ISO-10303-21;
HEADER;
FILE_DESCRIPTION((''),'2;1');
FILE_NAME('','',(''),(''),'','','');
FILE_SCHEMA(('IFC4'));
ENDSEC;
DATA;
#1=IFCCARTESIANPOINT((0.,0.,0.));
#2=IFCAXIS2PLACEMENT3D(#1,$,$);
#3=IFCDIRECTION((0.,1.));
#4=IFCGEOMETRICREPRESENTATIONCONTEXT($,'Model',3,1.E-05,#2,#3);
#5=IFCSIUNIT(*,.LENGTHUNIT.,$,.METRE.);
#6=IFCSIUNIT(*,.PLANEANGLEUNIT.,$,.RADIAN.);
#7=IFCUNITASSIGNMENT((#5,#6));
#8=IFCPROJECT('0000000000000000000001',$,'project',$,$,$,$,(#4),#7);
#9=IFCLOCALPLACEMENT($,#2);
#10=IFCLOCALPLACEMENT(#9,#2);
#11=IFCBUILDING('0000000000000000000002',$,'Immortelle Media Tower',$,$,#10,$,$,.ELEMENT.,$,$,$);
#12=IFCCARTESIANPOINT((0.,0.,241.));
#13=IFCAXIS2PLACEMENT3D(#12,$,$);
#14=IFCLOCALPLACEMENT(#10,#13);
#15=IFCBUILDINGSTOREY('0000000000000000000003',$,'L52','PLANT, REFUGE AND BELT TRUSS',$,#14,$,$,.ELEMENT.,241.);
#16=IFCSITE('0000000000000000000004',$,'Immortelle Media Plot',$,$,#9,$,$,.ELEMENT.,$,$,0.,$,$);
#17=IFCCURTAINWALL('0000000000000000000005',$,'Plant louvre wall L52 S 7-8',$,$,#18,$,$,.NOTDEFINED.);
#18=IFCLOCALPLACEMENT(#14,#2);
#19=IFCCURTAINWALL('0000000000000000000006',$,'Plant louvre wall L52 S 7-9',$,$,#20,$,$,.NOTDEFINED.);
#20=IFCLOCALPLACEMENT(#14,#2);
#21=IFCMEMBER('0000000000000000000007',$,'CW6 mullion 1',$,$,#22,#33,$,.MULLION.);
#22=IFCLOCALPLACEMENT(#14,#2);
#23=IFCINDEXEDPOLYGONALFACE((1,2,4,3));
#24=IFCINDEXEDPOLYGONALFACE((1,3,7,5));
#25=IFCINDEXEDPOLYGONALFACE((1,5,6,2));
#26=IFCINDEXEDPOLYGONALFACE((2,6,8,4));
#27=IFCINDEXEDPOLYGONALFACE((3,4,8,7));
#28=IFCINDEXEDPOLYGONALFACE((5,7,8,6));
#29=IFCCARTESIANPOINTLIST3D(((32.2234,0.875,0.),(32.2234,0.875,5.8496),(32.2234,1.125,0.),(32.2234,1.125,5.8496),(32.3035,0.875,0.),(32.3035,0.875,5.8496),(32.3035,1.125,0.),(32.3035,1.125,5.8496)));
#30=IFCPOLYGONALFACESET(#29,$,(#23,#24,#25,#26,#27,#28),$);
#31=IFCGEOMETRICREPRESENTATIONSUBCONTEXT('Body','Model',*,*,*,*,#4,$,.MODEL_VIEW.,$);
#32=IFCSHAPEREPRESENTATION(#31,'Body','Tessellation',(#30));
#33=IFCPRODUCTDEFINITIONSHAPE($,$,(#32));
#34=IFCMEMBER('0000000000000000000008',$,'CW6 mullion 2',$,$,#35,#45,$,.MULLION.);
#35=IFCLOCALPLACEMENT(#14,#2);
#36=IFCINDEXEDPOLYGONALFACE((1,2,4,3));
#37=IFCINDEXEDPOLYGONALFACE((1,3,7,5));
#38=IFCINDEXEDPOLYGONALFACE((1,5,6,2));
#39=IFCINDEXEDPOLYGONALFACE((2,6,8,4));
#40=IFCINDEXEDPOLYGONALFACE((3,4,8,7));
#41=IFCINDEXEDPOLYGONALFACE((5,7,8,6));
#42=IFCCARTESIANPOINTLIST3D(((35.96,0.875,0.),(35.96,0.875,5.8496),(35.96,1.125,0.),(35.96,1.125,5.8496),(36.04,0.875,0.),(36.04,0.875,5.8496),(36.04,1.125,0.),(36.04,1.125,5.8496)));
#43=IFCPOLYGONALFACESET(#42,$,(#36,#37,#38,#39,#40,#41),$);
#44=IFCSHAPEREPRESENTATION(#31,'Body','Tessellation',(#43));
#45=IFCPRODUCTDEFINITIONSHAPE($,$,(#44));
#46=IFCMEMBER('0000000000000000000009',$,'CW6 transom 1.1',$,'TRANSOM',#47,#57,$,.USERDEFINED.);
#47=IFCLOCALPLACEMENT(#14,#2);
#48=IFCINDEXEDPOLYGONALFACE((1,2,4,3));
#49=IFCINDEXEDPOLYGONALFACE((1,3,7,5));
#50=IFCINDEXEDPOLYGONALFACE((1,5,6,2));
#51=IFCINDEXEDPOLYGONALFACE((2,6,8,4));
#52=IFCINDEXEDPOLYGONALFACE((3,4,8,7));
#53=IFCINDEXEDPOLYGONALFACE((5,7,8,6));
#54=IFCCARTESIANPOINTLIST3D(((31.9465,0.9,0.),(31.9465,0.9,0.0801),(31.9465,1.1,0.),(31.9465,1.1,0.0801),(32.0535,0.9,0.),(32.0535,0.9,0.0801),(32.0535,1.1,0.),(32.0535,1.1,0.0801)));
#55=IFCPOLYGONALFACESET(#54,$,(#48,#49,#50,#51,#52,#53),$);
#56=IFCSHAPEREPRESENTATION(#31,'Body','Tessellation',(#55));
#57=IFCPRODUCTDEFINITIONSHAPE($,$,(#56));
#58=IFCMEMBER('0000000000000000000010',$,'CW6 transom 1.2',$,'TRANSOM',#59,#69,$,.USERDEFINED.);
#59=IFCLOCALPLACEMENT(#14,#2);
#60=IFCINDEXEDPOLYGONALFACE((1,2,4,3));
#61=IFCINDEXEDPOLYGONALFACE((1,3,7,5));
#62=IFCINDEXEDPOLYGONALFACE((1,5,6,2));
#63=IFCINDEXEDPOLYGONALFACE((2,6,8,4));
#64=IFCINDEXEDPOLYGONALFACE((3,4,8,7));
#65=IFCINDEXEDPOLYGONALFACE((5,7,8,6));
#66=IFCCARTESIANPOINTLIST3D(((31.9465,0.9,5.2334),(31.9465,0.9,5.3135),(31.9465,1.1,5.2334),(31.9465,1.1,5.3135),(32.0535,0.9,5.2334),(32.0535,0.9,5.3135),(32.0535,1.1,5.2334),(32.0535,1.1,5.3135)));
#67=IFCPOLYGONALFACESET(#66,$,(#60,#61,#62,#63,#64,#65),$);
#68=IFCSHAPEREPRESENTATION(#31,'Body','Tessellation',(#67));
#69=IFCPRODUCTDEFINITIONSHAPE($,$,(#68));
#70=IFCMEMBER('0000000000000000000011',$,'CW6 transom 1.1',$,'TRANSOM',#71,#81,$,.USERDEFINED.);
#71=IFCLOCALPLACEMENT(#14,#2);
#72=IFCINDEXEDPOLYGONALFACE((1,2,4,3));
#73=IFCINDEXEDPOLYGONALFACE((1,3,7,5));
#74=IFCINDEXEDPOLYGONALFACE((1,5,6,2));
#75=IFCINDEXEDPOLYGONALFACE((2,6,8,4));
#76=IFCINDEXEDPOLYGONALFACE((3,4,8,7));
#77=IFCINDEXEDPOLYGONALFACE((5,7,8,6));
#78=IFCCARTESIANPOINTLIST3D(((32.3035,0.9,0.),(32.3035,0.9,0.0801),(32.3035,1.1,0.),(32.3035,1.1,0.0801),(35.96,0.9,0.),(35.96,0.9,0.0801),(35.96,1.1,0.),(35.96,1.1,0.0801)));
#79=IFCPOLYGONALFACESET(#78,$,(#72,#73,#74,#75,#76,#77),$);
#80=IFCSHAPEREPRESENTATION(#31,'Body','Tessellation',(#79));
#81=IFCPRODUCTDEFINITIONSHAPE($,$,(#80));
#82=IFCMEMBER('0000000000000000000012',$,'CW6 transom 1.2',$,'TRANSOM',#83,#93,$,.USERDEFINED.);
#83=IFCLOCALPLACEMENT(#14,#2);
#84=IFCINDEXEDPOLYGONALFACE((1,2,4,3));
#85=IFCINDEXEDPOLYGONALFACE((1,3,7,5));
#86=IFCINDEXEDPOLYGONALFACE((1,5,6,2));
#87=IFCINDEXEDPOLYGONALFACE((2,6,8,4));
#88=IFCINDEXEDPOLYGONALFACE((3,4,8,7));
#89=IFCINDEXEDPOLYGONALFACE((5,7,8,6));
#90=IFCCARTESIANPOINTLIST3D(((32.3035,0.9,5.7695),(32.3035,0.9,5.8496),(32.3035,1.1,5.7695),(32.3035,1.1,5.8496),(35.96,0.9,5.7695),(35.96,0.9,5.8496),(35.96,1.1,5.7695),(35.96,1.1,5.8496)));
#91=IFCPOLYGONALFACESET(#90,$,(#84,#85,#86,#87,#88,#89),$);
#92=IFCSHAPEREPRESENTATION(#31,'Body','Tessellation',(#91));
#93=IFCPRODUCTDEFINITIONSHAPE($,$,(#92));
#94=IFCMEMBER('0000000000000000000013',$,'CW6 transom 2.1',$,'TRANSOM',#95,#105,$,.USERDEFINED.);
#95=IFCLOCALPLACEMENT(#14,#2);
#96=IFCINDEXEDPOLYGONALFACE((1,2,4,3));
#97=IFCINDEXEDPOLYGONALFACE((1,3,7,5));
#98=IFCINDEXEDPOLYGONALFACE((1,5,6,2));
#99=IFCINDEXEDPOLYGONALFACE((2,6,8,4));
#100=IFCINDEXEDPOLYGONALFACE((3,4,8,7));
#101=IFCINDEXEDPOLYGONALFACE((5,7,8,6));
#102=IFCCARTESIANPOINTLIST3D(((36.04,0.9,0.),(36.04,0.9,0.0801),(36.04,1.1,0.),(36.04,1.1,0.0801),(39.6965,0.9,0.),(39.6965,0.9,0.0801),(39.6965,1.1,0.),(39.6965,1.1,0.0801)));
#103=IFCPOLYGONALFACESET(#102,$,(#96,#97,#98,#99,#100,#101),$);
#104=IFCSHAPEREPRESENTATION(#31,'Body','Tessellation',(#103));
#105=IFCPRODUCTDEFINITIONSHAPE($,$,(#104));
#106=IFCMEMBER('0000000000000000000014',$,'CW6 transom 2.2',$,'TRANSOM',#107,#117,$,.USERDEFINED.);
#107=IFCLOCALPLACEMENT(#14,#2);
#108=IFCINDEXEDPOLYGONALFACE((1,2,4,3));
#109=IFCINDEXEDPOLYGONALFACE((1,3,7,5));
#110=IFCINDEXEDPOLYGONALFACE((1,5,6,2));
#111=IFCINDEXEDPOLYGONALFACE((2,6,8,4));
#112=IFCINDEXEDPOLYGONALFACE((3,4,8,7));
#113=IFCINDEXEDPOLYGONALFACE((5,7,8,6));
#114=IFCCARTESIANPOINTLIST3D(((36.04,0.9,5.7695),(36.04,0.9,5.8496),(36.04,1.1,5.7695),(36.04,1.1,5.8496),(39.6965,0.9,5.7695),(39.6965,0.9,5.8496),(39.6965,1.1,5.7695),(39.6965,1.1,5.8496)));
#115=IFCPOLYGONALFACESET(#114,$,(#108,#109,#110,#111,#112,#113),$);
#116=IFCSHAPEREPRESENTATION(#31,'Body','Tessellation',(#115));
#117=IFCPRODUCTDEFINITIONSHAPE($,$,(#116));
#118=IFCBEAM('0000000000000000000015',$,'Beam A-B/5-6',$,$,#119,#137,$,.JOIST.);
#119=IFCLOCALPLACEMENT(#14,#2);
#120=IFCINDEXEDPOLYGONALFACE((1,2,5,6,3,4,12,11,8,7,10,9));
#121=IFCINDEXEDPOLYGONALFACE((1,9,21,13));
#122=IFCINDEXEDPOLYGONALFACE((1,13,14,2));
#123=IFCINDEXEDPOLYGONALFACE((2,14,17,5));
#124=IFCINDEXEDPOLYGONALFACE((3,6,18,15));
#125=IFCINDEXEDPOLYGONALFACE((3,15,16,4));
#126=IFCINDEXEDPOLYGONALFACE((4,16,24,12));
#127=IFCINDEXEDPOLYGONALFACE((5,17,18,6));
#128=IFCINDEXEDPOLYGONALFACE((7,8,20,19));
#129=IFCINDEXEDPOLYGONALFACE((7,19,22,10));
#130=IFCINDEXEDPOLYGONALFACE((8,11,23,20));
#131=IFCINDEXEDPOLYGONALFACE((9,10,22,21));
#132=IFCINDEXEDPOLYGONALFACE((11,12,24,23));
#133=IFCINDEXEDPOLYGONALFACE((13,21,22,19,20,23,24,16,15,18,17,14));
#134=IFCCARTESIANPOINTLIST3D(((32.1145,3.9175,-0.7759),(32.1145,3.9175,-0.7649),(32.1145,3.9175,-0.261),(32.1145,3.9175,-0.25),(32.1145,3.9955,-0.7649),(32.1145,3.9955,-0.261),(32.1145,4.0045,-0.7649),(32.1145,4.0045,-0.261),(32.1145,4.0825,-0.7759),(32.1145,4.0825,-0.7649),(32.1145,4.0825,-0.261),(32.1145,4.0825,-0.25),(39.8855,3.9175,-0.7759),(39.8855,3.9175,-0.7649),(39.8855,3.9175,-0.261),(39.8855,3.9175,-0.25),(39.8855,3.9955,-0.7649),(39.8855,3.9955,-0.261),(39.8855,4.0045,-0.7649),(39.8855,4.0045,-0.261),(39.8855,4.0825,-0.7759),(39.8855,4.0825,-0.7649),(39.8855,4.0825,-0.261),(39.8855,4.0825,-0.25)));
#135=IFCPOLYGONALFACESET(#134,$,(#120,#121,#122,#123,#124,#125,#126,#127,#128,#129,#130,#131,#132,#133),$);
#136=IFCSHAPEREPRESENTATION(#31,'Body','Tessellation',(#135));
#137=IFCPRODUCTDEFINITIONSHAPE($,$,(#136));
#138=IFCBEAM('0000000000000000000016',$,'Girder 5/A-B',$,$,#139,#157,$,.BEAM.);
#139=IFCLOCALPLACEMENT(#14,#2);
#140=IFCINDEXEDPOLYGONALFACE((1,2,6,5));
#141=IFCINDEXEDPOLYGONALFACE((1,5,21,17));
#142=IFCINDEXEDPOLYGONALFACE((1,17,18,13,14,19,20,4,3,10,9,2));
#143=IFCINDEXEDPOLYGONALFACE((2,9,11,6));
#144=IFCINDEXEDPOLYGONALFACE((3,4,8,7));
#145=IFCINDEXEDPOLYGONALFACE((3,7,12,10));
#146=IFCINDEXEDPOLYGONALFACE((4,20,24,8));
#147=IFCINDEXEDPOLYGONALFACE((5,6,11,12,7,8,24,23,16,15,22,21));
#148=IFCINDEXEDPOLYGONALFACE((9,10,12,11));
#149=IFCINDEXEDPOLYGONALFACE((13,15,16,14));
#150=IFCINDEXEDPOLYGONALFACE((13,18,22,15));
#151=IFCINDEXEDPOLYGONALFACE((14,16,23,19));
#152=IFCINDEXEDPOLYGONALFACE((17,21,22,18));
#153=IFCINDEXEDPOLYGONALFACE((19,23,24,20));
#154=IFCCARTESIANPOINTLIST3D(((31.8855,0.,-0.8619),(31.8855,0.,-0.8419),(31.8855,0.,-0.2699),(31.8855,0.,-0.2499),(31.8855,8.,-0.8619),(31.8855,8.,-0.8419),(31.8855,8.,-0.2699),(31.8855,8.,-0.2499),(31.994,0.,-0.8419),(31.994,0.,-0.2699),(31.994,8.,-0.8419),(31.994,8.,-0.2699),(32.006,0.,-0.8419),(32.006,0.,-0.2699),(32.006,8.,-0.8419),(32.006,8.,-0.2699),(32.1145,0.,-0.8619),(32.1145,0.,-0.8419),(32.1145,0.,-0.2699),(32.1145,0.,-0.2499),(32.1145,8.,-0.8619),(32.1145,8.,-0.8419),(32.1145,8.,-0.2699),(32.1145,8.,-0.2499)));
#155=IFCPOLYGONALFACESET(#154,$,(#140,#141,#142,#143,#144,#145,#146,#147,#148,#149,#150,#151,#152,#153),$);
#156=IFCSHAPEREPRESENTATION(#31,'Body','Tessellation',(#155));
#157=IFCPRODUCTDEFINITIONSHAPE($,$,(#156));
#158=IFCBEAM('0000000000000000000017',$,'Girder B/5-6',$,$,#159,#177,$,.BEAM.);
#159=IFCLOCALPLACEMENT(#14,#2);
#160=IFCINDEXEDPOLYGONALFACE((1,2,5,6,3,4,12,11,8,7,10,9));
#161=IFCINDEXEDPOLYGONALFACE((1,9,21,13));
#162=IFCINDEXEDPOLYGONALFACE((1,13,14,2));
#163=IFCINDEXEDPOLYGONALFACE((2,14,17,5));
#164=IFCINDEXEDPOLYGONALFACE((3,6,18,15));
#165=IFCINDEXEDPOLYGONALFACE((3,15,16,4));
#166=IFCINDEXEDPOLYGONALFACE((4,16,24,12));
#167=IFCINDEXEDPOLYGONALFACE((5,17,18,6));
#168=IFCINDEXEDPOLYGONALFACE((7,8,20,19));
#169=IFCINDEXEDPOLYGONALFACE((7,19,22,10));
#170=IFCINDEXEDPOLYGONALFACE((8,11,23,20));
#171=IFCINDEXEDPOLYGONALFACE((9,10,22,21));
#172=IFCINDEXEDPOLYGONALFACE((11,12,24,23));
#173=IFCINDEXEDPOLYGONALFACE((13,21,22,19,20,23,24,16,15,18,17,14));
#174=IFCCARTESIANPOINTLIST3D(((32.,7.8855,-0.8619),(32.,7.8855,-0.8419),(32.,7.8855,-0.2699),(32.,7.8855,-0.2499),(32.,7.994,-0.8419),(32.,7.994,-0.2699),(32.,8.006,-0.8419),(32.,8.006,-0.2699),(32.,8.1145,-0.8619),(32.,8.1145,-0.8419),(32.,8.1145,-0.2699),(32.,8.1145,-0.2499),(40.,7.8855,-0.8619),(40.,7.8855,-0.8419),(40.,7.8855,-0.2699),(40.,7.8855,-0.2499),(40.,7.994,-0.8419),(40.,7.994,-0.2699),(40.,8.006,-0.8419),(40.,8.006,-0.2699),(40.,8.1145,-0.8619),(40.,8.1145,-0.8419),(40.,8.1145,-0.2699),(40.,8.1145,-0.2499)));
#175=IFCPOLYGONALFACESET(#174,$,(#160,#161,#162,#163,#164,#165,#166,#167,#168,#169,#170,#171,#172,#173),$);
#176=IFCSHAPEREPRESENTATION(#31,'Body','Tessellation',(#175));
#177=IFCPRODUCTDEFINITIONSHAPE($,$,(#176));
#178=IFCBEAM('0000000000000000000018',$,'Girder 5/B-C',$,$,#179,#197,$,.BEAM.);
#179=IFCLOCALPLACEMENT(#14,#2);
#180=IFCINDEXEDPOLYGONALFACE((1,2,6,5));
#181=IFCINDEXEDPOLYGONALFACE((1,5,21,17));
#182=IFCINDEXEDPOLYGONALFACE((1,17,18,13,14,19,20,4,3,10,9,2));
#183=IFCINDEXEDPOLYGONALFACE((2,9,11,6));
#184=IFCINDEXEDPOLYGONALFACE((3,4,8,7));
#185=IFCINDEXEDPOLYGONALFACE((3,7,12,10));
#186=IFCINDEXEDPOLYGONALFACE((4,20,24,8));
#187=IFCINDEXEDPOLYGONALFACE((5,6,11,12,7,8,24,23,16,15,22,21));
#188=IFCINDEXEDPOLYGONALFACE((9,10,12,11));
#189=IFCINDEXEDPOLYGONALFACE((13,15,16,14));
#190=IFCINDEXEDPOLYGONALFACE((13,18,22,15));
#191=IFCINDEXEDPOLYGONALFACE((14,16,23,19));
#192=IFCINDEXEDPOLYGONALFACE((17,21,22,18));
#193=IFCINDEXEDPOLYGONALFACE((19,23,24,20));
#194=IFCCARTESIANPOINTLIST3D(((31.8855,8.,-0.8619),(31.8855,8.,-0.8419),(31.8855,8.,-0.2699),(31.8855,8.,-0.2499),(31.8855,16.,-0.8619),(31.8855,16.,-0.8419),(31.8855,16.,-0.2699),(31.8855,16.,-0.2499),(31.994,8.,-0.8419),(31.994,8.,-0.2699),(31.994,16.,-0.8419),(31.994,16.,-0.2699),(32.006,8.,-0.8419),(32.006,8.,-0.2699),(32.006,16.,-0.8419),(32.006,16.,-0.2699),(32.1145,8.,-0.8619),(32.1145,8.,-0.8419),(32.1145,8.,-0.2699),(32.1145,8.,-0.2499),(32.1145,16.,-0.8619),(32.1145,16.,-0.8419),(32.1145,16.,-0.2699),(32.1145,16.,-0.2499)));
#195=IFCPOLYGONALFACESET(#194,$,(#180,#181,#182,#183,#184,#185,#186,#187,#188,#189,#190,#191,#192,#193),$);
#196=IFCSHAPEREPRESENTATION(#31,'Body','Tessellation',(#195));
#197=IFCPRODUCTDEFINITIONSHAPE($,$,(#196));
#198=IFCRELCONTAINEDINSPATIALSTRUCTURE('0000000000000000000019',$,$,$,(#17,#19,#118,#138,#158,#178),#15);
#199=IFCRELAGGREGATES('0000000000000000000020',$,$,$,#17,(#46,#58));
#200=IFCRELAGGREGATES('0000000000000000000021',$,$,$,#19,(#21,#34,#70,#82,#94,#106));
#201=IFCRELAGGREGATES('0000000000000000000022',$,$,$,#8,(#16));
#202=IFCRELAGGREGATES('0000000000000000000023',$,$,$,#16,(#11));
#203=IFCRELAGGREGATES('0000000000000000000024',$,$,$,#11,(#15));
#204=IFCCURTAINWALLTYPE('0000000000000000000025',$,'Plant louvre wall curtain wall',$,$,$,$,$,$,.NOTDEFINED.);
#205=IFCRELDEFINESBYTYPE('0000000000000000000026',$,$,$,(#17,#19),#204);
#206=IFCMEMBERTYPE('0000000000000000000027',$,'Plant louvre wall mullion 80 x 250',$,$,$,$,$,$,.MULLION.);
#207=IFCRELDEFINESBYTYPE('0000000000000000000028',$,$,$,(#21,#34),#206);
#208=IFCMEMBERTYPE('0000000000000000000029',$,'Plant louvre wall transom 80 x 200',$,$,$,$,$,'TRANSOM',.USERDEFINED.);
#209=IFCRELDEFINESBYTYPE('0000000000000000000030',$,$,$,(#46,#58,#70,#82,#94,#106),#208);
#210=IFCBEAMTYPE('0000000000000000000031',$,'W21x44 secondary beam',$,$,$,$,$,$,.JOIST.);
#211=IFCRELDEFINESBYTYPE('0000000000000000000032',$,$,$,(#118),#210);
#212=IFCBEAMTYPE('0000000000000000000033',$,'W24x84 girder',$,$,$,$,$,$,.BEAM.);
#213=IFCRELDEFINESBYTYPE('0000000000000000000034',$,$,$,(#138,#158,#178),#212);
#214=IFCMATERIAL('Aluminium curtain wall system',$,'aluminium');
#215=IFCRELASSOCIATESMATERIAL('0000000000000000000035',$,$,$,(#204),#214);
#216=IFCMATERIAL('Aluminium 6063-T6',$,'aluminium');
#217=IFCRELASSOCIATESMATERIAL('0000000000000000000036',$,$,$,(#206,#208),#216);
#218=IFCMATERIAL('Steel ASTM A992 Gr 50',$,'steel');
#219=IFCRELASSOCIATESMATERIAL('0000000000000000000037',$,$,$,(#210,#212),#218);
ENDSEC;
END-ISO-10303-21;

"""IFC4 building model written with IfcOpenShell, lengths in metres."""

from ifc_helpers import new_model, si_unit, direction, frame, origin, origin_2d, place, context, subcontext, project, spatial, rectangle, i_section, extrude, material, material_profile, profile_set, type_object, element, aggregate, save


model = new_model("IFC4")

# Units and contexts
model_context = context("Model", 3, precision=1e-05, world=origin(), true_north=direction((0.0, 1.0)))
body_context = subcontext(model_context, "Body", "Model", "MODEL_VIEW")
ifc_project = project(units=[si_unit("LENGTHUNIT", "METRE"), si_unit("PLANEANGLEUNIT", "RADIAN")], contexts=[model_context])

# Site, building, storey
site_placement = place(None, origin())
site = spatial("IfcSite", under=ifc_project, at=site_placement, Name="Immortelle Media Plot", CompositionType="ELEMENT", RefElevation=0.0)
building_placement = place(site_placement, origin())
building = spatial("IfcBuilding", under=site, at=building_placement, Name="Immortelle Media Tower", CompositionType="ELEMENT")
storey_placement = place(building_placement, frame((0.0, 0.0, 241.0)))
storey = spatial("IfcBuildingStorey", under=building, at=storey_placement, Name="L52", Description="PLANT, REFUGE AND BELT TRUSS", CompositionType="ELEMENT", Elevation=241.0)

# Shared definitions
ifc_material_1 = material(Name="Steel ASTM A992 Gr 50", Category="steel")

# Shared definitions
ifc_material_2 = material(Name="Aluminium curtain wall system", Category="aluminium")
curtain_wall_type = type_object("IfcCurtainWallType", Name="Plant louvre wall curtain wall", PredefinedType="NOTDEFINED", material=ifc_material_2)
ifc_material_3 = material(Name="Aluminium 6063-T6", Category="aluminium")
ifc_material_profile_1 = material_profile(ifc_material_3, rectangle(XDim=0.25, YDim=0.0801, at=origin_2d()), Name="AL 80x250")
ifc_profile_set_1 = profile_set([ifc_material_profile_1], Name="Aluminium 6063-T6")
member_type_1 = type_object("IfcMemberType", Name="Plant louvre wall mullion 80 x 250", PredefinedType="MULLION", material=ifc_profile_set_1)

# Curtain walls, members
curtain_wall_1_placement = place(storey_placement, origin())
curtain_wall_1 = element("IfcCurtainWall", 1, at=curtain_wall_1_placement, inside=storey, type_object=curtain_wall_type, Name="Plant louvre wall L52 S 7-8", PredefinedType="NOTDEFINED")
curtain_wall_2_placement = place(storey_placement, origin())
curtain_wall_2 = element("IfcCurtainWall", 2, at=curtain_wall_2_placement, inside=storey, type_object=curtain_wall_type, Name="Plant louvre wall L52 S 7-9", PredefinedType="NOTDEFINED")
member_1_placement = place(storey_placement, frame((32.2634, 1.0, 0.0), z_axis=(0.0, 0.0, 1.0), x_axis=(0.0, 1.0, 0.0)))
member_1 = element("IfcMember", 3, at=member_1_placement, type_object=member_type_1, Name="CW6 mullion 1", PredefinedType="MULLION", context=body_context, shape_type="SweptSolid", body=[
    extrude(rectangle(XDim=0.25, YDim=0.0801, at=origin_2d()), origin(), (0.0, 0.0, 1.0), 5.8496),
])
member_2_placement = place(storey_placement, frame((36.0, 1.0, 0.0), z_axis=(0.0, 0.0, 1.0), x_axis=(0.0, 1.0, 0.0)))
member_2 = element("IfcMember", 4, at=member_2_placement, type_object=member_type_1, Name="CW6 mullion 2", PredefinedType="MULLION", context=body_context, shape_type="SweptSolid", body=[
    extrude(rectangle(XDim=0.25, YDim=0.0801, at=origin_2d()), origin(), (0.0, 0.0, 1.0), 5.8496),
])

# Members
ifc_material_profile_2 = material_profile(ifc_material_3, rectangle(XDim=0.2, YDim=0.0801, at=origin_2d()), Name="AL 80x200")
ifc_profile_set_2 = profile_set([ifc_material_profile_2], Name="Aluminium 6063-T6")
member_type_2 = type_object("IfcMemberType", Name="Plant louvre wall transom 80 x 200", ElementType="TRANSOM", PredefinedType="USERDEFINED", material=ifc_profile_set_2)
member_3_placement = place(storey_placement, frame((31.9465, 1.0, 0.04), z_axis=(1.0, 0.0, 0.0), x_axis=(0.0, 1.0, 0.0)))
member_3 = element("IfcMember", 5, at=member_3_placement, type_object=member_type_2, Name="CW6 transom 1.1", ObjectType="TRANSOM", PredefinedType="USERDEFINED", context=body_context, shape_type="SweptSolid", body=[
    extrude(rectangle(XDim=0.2, YDim=0.0801, at=origin_2d()), origin(), (0.0, 0.0, 1.0), 0.1069),
])
member_4_placement = place(storey_placement, frame((31.9465, 1.0, 5.2734), z_axis=(1.0, 0.0, 0.0), x_axis=(0.0, 1.0, 0.0)))
member_4 = element("IfcMember", 6, at=member_4_placement, type_object=member_type_2, Name="CW6 transom 1.2", ObjectType="TRANSOM", PredefinedType="USERDEFINED", context=body_context, shape_type="SweptSolid", body=[
    extrude(rectangle(XDim=0.2, YDim=0.0801, at=origin_2d()), origin(), (0.0, 0.0, 1.0), 0.1069),
])
member_5_placement = place(storey_placement, frame((32.3035, 1.0, 0.04), z_axis=(1.0, 0.0, 0.0), x_axis=(0.0, 1.0, 0.0)))
member_5 = element("IfcMember", 7, at=member_5_placement, type_object=member_type_2, Name="CW6 transom 1.1", ObjectType="TRANSOM", PredefinedType="USERDEFINED", context=body_context, shape_type="SweptSolid", body=[
    extrude(rectangle(XDim=0.2, YDim=0.0801, at=origin_2d()), origin(), (0.0, 0.0, 1.0), 3.6565),
])
member_6_placement = place(storey_placement, frame((32.3035, 1.0, 5.8096), z_axis=(1.0, 0.0, 0.0), x_axis=(0.0, 1.0, 0.0)))
member_6 = element("IfcMember", 8, at=member_6_placement, type_object=member_type_2, Name="CW6 transom 1.2", ObjectType="TRANSOM", PredefinedType="USERDEFINED", context=body_context, shape_type="SweptSolid", body=[
    extrude(rectangle(XDim=0.2, YDim=0.0801, at=origin_2d()), origin(), (0.0, 0.0, 1.0), 3.6565),
])
member_7_placement = place(storey_placement, frame((36.04, 1.0, 0.04), z_axis=(1.0, 0.0, 0.0), x_axis=(0.0, 1.0, 0.0)))
member_7 = element("IfcMember", 9, at=member_7_placement, type_object=member_type_2, Name="CW6 transom 2.1", ObjectType="TRANSOM", PredefinedType="USERDEFINED", context=body_context, shape_type="SweptSolid", body=[
    extrude(rectangle(XDim=0.2, YDim=0.0801, at=origin_2d()), origin(), (0.0, 0.0, 1.0), 3.6565),
])
member_8_placement = place(storey_placement, frame((36.04, 1.0, 5.8096), z_axis=(1.0, 0.0, 0.0), x_axis=(0.0, 1.0, 0.0)))
member_8 = element("IfcMember", 10, at=member_8_placement, type_object=member_type_2, Name="CW6 transom 2.2", ObjectType="TRANSOM", PredefinedType="USERDEFINED", context=body_context, shape_type="SweptSolid", body=[
    extrude(rectangle(XDim=0.2, YDim=0.0801, at=origin_2d()), origin(), (0.0, 0.0, 1.0), 3.6565),
])

# Beams
ifc_material_profile_3 = material_profile(ifc_material_1, i_section(OverallWidth=0.165, OverallDepth=0.5259, WebThickness=0.009, FlangeThickness=0.011, at=origin_2d()), Name="W21x44")
ifc_profile_set_3 = profile_set([ifc_material_profile_3], Name="Steel ASTM A992 Gr 50")
beam_type_1 = type_object("IfcBeamType", Name="W21x44 secondary beam", PredefinedType="JOIST", material=ifc_profile_set_3)
beam_1_placement = place(storey_placement, frame((32.1145, 4.0, -0.5129), z_axis=(1.0, 0.0, 0.0), x_axis=(0.0, 1.0, 0.0)))
element("IfcBeam", 11, at=beam_1_placement, inside=storey, type_object=beam_type_1, Name="Beam A-B/5-6", PredefinedType="JOIST", context=body_context, shape_type="SweptSolid", body=[
    extrude(i_section(OverallWidth=0.165, OverallDepth=0.5259, WebThickness=0.009, FlangeThickness=0.011, at=origin_2d()), origin(), (0.0, 0.0, 1.0), 7.771),
])
ifc_material_profile_4 = material_profile(ifc_material_1, i_section(OverallWidth=0.229, OverallDepth=0.6121, WebThickness=0.012, FlangeThickness=0.02, at=origin_2d()), Name="W24x84")
ifc_profile_set_4 = profile_set([ifc_material_profile_4], Name="Steel ASTM A992 Gr 50")
beam_type_2 = type_object("IfcBeamType", Name="W24x84 girder", PredefinedType="BEAM", material=ifc_profile_set_4)
for number, where, z_axis, x_axis, name in (
    (12, (32.0, 0.0, -0.5559), (0.0, 1.0, 0.0), (-1.0, 0.0, 0.0), "Girder 5/A-B"),
    (13, (32.0, 8.0, -0.5559), (1.0, 0.0, 0.0), (0.0, 1.0, 0.0), "Girder B/5-6"),
    (14, (32.0, 8.0, -0.5559), (0.0, 1.0, 0.0), (-1.0, 0.0, 0.0), "Girder 5/B-C"),
):
    element("IfcBeam", number, at=place(storey_placement, frame(where, z_axis=z_axis, x_axis=x_axis)), inside=storey, type_object=beam_type_2, Name=name, PredefinedType="BEAM", context=body_context, shape_type="SweptSolid", body=[
        extrude(i_section(OverallWidth=0.229, OverallDepth=0.6121, WebThickness=0.012, FlangeThickness=0.02, at=origin_2d()), origin(), (0.0, 0.0, 1.0), 8.0),
    ])

aggregate(curtain_wall_1, [member_3, member_4])
aggregate(curtain_wall_2, [member_1, member_2, member_5, member_6, member_7, member_8])

save(model, "model.ifc")
